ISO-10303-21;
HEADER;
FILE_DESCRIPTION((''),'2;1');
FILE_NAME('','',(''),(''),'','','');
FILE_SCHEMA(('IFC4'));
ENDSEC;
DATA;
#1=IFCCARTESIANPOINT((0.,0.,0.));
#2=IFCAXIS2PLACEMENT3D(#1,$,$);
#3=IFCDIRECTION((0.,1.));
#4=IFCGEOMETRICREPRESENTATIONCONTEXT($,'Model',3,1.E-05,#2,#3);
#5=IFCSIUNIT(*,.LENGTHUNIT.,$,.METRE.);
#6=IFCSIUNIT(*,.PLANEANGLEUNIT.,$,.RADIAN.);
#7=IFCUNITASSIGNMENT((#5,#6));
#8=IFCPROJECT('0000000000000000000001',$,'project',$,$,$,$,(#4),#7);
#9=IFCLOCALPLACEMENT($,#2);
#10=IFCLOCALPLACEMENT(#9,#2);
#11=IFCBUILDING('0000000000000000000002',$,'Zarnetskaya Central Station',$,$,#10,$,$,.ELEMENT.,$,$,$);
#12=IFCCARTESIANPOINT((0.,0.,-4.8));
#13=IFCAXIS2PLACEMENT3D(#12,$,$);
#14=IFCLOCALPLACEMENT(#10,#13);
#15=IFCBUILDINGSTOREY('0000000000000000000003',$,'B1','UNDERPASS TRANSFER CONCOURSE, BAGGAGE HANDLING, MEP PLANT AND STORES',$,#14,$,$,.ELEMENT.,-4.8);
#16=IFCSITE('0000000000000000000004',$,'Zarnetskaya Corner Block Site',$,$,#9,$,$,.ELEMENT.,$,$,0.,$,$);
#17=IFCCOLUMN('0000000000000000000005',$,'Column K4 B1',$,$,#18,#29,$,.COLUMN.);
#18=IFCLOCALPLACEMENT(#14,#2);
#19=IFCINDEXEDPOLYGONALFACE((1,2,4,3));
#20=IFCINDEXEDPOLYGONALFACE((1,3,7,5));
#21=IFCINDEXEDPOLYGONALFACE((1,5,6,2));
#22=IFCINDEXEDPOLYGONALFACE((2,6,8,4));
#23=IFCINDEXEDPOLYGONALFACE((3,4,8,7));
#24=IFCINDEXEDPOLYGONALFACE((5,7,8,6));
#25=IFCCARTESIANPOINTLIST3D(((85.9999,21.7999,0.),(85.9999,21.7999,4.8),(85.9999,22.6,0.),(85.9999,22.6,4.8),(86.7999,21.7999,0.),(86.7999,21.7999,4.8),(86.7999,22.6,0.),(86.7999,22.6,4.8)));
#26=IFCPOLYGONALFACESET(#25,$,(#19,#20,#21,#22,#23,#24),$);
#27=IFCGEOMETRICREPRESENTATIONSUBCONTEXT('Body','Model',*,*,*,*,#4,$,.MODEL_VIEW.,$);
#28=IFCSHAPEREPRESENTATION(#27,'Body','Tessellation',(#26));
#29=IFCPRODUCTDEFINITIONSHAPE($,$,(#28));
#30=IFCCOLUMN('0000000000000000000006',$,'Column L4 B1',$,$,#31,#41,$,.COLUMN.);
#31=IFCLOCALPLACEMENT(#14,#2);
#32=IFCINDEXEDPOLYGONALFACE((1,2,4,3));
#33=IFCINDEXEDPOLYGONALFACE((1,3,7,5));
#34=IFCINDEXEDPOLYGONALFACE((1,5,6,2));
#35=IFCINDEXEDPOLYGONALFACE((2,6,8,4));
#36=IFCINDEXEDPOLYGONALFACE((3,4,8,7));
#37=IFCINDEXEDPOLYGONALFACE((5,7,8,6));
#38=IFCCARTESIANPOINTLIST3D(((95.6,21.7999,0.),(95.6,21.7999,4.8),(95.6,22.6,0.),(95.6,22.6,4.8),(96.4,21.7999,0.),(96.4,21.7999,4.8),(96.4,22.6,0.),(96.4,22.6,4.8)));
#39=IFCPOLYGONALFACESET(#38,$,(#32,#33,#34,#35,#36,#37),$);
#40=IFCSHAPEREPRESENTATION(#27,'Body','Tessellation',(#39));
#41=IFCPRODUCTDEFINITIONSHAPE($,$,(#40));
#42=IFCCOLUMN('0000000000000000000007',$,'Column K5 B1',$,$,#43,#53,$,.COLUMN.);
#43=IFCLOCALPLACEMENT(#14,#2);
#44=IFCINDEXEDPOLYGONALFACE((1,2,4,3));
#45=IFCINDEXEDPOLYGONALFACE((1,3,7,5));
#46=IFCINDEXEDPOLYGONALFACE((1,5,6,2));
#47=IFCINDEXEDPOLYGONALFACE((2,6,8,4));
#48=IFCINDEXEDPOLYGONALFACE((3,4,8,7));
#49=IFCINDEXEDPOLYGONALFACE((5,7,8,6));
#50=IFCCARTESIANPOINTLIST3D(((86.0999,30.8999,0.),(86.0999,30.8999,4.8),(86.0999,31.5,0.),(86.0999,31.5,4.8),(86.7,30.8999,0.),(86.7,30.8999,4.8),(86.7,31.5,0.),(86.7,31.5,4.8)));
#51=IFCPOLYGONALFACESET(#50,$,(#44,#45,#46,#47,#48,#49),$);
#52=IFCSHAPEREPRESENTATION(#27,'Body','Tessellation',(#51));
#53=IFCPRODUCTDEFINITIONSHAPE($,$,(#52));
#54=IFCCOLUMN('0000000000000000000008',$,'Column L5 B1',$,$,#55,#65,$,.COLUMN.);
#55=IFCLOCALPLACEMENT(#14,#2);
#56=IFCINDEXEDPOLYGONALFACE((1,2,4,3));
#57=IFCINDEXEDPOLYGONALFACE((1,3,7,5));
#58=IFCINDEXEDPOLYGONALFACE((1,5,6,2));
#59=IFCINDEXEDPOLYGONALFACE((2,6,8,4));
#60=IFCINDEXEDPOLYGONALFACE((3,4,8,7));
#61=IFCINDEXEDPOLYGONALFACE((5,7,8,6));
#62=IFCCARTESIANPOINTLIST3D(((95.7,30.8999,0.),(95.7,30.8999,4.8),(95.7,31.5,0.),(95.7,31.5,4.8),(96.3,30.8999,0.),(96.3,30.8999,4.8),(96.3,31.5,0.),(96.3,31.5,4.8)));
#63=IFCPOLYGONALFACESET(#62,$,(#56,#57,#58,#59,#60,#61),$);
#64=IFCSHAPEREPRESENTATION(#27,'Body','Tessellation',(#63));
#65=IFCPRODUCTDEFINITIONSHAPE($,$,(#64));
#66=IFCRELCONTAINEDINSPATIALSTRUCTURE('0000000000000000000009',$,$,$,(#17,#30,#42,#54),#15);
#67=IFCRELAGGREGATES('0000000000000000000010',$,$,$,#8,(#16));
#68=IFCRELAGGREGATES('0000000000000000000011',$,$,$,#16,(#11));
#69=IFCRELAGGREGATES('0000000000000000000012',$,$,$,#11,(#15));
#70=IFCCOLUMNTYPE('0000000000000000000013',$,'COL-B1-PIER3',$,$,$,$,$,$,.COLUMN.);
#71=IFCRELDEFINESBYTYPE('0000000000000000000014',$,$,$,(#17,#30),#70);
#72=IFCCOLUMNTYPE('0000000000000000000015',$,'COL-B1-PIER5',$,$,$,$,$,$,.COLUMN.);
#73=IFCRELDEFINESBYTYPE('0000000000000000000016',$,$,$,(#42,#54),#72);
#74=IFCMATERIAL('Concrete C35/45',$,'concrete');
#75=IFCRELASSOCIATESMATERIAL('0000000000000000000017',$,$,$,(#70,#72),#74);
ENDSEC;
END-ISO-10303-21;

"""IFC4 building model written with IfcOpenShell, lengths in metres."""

from ifc_helpers import new_model, si_unit, direction, frame, origin, origin_2d, place, context, subcontext, project, spatial, rectangle, extrude, material, material_profile, profile_set, type_object, element, save


model = new_model("IFC4")

# Units and contexts
model_context = context("Model", 3, precision=1e-05, world=origin(), true_north=direction((0.0, 1.0)))
body_context = subcontext(model_context, "Body", "Model", "MODEL_VIEW")
ifc_project = project(units=[si_unit("LENGTHUNIT", "METRE"), si_unit("PLANEANGLEUNIT", "RADIAN")], contexts=[model_context])

# Site, building, storey
site_placement = place(None, origin())
site = spatial("IfcSite", under=ifc_project, at=site_placement, Name="Zarnetskaya Corner Block Site", CompositionType="ELEMENT", RefElevation=0.0)
building_placement = place(site_placement, origin())
building = spatial("IfcBuilding", under=site, at=building_placement, Name="Zarnetskaya Central Station", CompositionType="ELEMENT")
storey_placement = place(building_placement, frame((0.0, 0.0, -4.8)))
storey = spatial("IfcBuildingStorey", under=building, at=storey_placement, Name="B1", Description="UNDERPASS TRANSFER CONCOURSE, BAGGAGE HANDLING, MEP PLANT AND STORES", CompositionType="ELEMENT", Elevation=-4.8)

# Shared definitions
ifc_material = material(Name="Concrete C35/45", Category="concrete")

# Columns
ifc_material_profile_1 = material_profile(ifc_material, rectangle(XDim=0.8, YDim=0.8, at=origin_2d()), Name="RC 800x800")
ifc_profile_set_1 = profile_set([ifc_material_profile_1], Name="Concrete C35/45")
column_type_1 = type_object("IfcColumnType", Name="COL-B1-PIER3", PredefinedType="COLUMN", material=ifc_profile_set_1)
for number, where, z_axis, x_axis, name in (
    (1, (86.3999, 22.2, 0.0), (0.0, 0.0, 1.0), (1.0, 0.0, 0.0), "Column K4 B1"),
    (2, (96.0, 22.2, 0.0), (0.0, 0.0, 1.0), (1.0, 0.0, 0.0), "Column L4 B1"),
):
    element("IfcColumn", number, at=place(storey_placement, frame(where, z_axis=z_axis, x_axis=x_axis)), inside=storey, type_object=column_type_1, Name=name, PredefinedType="COLUMN", context=body_context, shape_type="SweptSolid", body=[
        extrude(rectangle(XDim=0.8, YDim=0.8, at=origin_2d()), origin(), (0.0, 0.0, 1.0), 4.8),
    ])
ifc_material_profile_2 = material_profile(ifc_material, rectangle(XDim=0.6001, YDim=0.6001, at=origin_2d()), Name="RC 600x600")
ifc_profile_set_2 = profile_set([ifc_material_profile_2], Name="Concrete C35/45")
column_type_2 = type_object("IfcColumnType", Name="COL-B1-PIER5", PredefinedType="COLUMN", material=ifc_profile_set_2)
for number, where, z_axis, x_axis, name in (
    (3, (86.3999, 31.2, 0.0), (0.0, 0.0, 1.0), (1.0, 0.0, 0.0), "Column K5 B1"),
    (4, (96.0, 31.2, 0.0), (0.0, 0.0, 1.0), (1.0, 0.0, 0.0), "Column L5 B1"),
):
    element("IfcColumn", number, at=place(storey_placement, frame(where, z_axis=z_axis, x_axis=x_axis)), inside=storey, type_object=column_type_2, Name=name, PredefinedType="COLUMN", context=body_context, shape_type="SweptSolid", body=[
        extrude(rectangle(XDim=0.6001, YDim=0.6001, at=origin_2d()), origin(), (0.0, 0.0, 1.0), 4.8),
    ])

save(model, "model.ifc")
